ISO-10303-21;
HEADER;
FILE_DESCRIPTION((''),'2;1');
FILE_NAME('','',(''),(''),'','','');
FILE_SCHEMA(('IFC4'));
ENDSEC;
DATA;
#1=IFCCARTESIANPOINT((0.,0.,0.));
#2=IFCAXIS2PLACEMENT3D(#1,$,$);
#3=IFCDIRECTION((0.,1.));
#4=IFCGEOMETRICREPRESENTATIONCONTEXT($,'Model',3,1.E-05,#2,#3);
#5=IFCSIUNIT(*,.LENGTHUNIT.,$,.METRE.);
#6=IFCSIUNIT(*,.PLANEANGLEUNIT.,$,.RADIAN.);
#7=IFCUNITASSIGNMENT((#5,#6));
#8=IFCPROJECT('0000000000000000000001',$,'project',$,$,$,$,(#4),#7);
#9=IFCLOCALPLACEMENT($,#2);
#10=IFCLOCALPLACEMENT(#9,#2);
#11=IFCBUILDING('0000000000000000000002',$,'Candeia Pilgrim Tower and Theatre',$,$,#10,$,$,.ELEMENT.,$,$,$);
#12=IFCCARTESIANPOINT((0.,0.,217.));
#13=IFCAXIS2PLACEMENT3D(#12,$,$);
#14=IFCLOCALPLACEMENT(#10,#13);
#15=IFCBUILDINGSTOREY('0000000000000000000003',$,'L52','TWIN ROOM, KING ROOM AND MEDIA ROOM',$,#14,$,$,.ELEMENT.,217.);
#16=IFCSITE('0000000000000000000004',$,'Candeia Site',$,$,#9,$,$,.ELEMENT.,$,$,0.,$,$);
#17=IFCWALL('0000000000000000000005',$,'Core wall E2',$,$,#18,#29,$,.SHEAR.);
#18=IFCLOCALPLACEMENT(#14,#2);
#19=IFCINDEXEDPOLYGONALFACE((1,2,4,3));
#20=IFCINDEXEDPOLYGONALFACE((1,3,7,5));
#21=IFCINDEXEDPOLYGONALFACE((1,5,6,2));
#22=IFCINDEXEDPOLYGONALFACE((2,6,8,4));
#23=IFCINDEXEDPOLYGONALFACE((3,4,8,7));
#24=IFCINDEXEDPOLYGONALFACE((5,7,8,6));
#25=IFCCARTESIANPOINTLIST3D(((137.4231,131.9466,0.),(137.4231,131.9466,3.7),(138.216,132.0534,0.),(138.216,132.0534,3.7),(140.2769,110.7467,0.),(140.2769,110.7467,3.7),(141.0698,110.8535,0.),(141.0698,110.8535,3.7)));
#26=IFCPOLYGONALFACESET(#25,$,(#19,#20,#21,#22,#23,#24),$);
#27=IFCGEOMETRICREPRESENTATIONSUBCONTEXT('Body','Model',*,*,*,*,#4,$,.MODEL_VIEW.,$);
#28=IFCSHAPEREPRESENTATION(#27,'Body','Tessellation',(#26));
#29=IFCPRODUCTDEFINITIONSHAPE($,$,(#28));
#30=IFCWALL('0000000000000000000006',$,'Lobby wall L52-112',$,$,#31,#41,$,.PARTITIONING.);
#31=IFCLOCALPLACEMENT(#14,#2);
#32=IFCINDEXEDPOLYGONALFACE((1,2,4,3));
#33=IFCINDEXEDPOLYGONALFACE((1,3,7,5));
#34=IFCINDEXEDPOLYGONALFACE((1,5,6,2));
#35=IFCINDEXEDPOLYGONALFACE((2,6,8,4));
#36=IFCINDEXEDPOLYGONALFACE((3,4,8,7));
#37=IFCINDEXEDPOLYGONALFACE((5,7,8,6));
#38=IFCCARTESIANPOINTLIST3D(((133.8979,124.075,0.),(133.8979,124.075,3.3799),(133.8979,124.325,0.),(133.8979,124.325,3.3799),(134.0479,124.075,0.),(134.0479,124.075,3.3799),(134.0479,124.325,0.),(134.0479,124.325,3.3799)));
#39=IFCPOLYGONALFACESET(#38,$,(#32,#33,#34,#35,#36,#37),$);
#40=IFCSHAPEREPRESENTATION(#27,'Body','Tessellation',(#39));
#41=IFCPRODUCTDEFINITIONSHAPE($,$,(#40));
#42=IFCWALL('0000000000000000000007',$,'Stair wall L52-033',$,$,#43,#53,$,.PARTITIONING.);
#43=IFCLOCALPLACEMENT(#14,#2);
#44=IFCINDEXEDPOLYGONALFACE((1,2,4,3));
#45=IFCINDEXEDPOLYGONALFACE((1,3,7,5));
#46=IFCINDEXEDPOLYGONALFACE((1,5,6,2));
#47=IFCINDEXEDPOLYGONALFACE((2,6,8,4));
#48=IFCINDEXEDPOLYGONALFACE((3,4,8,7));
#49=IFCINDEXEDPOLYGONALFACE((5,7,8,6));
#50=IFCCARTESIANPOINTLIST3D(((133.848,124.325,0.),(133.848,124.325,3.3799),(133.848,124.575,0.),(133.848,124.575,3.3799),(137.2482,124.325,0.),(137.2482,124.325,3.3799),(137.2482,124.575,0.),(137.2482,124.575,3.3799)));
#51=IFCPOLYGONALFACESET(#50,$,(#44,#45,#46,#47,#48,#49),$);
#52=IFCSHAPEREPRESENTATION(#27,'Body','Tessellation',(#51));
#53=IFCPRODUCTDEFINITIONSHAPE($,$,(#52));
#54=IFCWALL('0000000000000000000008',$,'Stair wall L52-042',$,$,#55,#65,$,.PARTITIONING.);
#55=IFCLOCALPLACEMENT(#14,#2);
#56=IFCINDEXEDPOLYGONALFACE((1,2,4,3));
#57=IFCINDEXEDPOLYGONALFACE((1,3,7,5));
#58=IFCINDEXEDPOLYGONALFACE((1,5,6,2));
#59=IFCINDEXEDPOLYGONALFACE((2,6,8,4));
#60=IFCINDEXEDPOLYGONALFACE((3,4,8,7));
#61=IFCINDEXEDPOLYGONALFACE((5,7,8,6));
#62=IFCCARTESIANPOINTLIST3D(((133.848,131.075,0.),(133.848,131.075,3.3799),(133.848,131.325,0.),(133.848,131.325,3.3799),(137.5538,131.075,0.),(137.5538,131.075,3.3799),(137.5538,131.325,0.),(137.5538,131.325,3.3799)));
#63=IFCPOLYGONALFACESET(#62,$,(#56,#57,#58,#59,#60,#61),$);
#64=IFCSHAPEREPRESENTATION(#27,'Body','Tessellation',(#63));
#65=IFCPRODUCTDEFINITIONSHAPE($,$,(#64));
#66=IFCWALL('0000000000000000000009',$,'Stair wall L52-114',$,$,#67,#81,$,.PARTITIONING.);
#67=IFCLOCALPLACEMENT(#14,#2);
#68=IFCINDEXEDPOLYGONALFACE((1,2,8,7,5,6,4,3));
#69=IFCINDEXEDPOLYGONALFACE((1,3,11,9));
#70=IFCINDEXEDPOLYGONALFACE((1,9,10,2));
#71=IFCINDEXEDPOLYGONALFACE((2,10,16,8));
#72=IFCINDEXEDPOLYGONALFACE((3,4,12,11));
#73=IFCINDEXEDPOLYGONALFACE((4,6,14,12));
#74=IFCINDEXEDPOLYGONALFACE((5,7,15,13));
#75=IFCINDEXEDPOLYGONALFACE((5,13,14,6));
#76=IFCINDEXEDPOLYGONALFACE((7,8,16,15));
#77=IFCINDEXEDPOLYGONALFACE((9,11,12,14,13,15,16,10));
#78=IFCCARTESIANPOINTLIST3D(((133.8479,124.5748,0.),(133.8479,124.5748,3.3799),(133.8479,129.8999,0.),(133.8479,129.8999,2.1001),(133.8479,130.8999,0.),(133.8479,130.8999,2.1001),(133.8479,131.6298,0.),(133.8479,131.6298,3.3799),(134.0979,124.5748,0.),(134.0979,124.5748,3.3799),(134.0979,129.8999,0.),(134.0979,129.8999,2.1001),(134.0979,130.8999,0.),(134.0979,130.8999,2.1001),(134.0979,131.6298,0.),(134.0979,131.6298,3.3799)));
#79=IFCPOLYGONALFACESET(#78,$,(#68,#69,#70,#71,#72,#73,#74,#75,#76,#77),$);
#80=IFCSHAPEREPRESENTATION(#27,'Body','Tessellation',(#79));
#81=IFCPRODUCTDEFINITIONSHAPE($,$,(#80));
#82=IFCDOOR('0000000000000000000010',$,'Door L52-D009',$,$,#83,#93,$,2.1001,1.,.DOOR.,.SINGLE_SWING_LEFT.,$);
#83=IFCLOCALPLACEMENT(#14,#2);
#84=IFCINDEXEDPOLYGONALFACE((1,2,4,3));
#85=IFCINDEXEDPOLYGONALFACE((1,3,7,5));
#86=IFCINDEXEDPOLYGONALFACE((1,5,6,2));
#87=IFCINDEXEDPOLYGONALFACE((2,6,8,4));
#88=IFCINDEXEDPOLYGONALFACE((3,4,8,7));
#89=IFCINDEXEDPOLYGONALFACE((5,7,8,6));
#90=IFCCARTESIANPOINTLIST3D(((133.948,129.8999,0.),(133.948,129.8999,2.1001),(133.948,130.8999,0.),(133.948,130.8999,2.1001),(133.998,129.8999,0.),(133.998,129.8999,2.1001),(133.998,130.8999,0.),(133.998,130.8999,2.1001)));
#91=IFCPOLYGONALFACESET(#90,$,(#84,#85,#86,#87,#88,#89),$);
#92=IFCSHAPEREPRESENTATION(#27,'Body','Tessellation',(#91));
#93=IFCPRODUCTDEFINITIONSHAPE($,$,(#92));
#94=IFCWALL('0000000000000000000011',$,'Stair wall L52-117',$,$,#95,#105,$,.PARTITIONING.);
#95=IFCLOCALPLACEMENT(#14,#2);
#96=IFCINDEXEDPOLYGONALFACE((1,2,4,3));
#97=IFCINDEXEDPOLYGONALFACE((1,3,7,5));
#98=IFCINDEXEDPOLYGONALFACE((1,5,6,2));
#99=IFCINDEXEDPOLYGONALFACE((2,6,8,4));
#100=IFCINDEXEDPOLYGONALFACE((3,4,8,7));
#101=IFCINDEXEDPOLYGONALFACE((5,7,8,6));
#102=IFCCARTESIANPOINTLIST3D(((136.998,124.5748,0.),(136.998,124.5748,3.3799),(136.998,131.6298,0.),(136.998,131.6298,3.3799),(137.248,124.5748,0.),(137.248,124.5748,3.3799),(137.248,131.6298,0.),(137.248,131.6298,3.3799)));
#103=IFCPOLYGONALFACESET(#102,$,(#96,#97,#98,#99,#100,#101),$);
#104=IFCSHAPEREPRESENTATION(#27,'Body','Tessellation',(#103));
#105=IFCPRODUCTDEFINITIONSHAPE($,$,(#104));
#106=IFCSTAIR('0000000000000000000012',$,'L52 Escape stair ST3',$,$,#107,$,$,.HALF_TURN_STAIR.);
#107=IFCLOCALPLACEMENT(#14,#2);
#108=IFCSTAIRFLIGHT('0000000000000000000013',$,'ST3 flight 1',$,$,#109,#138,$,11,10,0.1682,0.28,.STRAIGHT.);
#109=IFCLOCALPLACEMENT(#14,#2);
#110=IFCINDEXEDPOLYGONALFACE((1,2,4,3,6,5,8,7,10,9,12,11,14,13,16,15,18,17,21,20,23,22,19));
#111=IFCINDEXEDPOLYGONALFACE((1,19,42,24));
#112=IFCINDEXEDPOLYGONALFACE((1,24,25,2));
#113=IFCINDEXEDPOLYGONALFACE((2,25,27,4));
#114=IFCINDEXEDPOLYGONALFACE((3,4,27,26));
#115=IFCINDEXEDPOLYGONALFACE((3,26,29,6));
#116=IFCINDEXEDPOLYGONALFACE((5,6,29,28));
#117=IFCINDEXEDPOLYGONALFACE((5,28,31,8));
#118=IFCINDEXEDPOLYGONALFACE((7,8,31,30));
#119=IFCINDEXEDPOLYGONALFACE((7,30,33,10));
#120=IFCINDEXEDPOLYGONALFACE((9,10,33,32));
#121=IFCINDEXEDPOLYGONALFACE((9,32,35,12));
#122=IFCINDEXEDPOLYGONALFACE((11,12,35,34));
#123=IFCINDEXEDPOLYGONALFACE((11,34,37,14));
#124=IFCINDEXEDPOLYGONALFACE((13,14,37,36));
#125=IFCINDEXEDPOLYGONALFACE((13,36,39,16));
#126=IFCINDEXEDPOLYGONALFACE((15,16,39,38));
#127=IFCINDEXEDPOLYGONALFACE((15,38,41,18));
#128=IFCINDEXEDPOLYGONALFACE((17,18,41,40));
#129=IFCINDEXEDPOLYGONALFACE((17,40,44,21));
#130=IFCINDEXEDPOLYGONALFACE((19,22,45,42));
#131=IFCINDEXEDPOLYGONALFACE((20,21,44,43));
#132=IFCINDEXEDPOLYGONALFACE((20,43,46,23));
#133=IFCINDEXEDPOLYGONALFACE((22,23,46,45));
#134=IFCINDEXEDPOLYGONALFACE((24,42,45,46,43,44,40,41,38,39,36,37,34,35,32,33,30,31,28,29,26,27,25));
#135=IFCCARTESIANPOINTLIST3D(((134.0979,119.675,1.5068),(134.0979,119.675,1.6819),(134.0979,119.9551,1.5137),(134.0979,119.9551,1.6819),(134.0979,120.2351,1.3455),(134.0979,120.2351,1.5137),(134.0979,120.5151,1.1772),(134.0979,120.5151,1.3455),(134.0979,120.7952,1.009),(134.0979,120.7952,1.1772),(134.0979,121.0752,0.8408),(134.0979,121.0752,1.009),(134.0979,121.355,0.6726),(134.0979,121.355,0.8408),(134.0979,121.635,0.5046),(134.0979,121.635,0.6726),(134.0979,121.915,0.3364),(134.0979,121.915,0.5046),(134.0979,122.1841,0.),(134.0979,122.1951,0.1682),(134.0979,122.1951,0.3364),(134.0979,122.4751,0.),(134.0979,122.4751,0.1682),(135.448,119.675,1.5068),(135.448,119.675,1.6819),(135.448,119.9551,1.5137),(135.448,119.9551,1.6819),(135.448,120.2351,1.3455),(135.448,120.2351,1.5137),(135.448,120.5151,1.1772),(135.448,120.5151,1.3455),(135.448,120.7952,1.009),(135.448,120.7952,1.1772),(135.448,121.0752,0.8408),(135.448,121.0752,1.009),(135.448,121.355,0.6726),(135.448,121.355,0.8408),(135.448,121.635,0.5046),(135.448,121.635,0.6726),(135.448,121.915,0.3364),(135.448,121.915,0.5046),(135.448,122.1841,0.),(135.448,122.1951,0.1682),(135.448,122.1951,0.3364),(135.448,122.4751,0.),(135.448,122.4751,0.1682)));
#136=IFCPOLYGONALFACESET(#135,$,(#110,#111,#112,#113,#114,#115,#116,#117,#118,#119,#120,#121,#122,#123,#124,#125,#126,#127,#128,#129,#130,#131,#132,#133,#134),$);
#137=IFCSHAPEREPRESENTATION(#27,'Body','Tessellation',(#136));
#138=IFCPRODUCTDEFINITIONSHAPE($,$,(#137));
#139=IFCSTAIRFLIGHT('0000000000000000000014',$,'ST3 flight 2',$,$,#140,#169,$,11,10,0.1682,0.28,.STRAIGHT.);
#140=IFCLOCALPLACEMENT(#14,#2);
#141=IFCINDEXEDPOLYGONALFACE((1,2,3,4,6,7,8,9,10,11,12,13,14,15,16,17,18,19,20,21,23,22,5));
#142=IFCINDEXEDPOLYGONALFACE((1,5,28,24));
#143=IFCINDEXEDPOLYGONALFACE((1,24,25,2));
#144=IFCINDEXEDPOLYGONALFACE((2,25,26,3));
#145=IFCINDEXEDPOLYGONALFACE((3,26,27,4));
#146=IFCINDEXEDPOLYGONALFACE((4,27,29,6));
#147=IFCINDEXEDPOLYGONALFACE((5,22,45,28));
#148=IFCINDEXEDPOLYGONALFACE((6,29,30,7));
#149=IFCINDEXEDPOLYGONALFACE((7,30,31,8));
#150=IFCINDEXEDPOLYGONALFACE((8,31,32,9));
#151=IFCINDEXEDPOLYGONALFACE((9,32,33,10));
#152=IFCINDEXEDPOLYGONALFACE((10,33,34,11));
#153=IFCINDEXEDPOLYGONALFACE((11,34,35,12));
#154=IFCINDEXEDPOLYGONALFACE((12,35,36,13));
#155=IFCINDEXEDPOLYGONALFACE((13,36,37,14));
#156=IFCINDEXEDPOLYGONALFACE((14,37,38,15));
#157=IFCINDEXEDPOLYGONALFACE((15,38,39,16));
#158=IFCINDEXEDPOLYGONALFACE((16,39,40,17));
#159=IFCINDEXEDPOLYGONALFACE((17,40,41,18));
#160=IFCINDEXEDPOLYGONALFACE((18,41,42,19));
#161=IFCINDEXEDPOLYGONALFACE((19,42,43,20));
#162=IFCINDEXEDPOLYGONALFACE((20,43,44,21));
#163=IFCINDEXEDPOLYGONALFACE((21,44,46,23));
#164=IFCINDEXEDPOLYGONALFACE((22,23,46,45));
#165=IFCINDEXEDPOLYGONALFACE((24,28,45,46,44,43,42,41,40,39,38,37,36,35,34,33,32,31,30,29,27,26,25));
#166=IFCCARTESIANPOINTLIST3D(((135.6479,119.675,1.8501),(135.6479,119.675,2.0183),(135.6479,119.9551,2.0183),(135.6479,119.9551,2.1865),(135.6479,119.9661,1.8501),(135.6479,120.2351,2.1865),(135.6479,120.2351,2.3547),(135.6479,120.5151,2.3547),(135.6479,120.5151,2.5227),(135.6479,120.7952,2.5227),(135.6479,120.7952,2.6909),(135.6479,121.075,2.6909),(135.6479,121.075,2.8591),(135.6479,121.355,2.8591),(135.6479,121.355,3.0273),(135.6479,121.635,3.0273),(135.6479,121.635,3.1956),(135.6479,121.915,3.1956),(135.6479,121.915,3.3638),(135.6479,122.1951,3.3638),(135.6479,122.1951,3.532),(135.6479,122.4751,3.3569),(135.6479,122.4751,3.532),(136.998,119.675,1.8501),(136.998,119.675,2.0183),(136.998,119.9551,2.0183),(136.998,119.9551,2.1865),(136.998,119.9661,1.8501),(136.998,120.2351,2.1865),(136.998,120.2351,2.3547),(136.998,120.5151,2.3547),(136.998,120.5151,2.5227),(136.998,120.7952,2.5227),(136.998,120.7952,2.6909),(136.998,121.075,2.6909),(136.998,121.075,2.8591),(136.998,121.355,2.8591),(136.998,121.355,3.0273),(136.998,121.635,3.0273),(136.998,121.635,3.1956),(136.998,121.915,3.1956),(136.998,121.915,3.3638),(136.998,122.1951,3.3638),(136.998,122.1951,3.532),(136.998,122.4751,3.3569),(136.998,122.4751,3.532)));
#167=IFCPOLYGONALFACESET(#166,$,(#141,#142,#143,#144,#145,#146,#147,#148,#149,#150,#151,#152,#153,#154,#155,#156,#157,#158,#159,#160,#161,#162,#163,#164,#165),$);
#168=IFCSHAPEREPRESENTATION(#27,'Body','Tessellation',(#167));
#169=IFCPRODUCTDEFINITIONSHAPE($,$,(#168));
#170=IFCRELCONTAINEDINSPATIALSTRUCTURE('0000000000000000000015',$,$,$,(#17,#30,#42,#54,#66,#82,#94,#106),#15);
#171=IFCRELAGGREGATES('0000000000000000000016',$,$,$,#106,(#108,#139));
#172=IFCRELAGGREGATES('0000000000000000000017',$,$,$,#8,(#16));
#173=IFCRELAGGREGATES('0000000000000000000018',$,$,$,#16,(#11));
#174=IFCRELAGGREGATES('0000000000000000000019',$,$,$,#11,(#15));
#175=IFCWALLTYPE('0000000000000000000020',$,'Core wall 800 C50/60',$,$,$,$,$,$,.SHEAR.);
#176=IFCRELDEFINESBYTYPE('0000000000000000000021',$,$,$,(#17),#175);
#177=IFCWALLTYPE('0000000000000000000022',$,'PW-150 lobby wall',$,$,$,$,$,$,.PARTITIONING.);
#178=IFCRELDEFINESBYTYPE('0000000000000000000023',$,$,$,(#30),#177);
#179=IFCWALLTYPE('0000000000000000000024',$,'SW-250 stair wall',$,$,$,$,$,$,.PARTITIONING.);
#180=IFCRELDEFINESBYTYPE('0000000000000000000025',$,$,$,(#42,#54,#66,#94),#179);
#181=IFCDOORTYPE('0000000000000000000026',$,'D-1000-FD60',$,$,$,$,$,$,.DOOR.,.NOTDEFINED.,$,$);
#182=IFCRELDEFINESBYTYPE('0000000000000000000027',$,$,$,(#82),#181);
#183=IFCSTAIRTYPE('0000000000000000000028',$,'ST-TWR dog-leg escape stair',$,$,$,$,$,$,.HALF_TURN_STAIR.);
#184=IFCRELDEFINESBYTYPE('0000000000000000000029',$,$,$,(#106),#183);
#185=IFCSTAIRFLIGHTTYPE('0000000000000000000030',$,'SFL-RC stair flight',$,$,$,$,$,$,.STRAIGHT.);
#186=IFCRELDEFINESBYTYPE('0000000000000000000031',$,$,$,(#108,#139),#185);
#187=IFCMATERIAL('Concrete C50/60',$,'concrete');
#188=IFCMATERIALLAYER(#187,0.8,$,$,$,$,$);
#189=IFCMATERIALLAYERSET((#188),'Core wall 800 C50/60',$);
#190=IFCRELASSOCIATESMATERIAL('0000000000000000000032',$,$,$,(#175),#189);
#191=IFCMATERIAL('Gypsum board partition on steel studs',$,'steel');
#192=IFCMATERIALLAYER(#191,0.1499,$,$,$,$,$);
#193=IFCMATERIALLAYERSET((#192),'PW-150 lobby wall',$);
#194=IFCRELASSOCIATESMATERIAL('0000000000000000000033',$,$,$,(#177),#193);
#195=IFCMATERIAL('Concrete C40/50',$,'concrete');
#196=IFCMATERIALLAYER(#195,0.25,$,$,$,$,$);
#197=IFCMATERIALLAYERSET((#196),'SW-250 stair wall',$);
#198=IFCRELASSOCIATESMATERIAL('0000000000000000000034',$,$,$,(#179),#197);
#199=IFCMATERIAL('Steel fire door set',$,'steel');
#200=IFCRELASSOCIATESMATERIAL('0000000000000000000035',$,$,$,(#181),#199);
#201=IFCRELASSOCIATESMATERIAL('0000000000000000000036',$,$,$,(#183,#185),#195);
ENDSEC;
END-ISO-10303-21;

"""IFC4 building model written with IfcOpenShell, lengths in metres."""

from ifc_helpers import new_model, si_unit, direction, frame, frame_2d, origin, place, context, subcontext, project, spatial, polyline, rectangle, outline, extrude, material, layer, layer_set, type_object, element, fill, aggregate, save


model = new_model("IFC4")

# Units and contexts
model_context = context("Model", 3, precision=1e-05, world=origin(), true_north=direction((0.0, 1.0)))
body_context = subcontext(model_context, "Body", "Model", "MODEL_VIEW")
ifc_project = project(units=[si_unit("LENGTHUNIT", "METRE"), si_unit("PLANEANGLEUNIT", "RADIAN")], contexts=[model_context])

# Site, building, storey
site_placement = place(None, origin())
site = spatial("IfcSite", under=ifc_project, at=site_placement, Name="Candeia Site", CompositionType="ELEMENT", RefElevation=0.0)
building_placement = place(site_placement, origin())
building = spatial("IfcBuilding", under=site, at=building_placement, Name="Candeia Pilgrim Tower and Theatre", CompositionType="ELEMENT")
storey_placement = place(building_placement, frame((0.0, 0.0, 217.0)))
storey = spatial("IfcBuildingStorey", under=building, at=storey_placement, Name="L52", Description="TWIN ROOM, KING ROOM AND MEDIA ROOM", CompositionType="ELEMENT", Elevation=217.0)

# Walls
ifc_material_1 = material(Name="Concrete C50/60", Category="concrete")
ifc_layer_1 = layer(ifc_material_1, 0.8)
ifc_layer_set_1 = layer_set([ifc_layer_1], Name="Core wall 800 C50/60")
wall_type_1 = type_object("IfcWallType", Name="Core wall 800 C50/60", PredefinedType="SHEAR", material=ifc_layer_set_1)
wall_1_placement = place(storey_placement, frame((137.8196, 132.0, 0.0), z_axis=(0.0, 0.0, 1.0), x_axis=(0.133408, -0.991061, 0.0)))
element("IfcWall", 1, at=wall_1_placement, inside=storey, type_object=wall_type_1, Name="Core wall E2", PredefinedType="SHEAR", context=body_context, shape_type="SweptSolid", body=[
    extrude(rectangle(XDim=21.3911, YDim=0.8, at=frame_2d((10.6956, 0.0))), origin(), (0.0, 0.0, 1.0), 3.7),
])
ifc_material_2 = material(Name="Gypsum board partition on steel studs", Category="steel")
ifc_layer_2 = layer(ifc_material_2, 0.1499)
ifc_layer_set_2 = layer_set([ifc_layer_2], Name="PW-150 lobby wall")
wall_type_2 = type_object("IfcWallType", Name="PW-150 lobby wall", PredefinedType="PARTITIONING", material=ifc_layer_set_2)
wall_2_placement = place(storey_placement, frame((133.9729, 124.075, 0.0), z_axis=(0.0, 0.0, 1.0), x_axis=(0.0, 1.0, 0.0)))
element("IfcWall", 2, at=wall_2_placement, inside=storey, type_object=wall_type_2, Name="Lobby wall L52-112", PredefinedType="PARTITIONING", context=body_context, shape_type="SweptSolid", body=[
    extrude(rectangle(XDim=0.25, YDim=0.1499, at=frame_2d((0.125, 0.0))), origin(), (0.0, 0.0, 1.0), 3.3799),
])
ifc_material_3 = material(Name="Concrete C40/50", Category="concrete")
ifc_layer_3 = layer(ifc_material_3, 0.25)
ifc_layer_set_3 = layer_set([ifc_layer_3], Name="SW-250 stair wall")
wall_type_3 = type_object("IfcWallType", Name="SW-250 stair wall", PredefinedType="PARTITIONING", material=ifc_layer_set_3)
wall_3_placement = place(storey_placement, frame((133.8479, 124.45, 0.0), z_axis=(0.0, 0.0, 1.0), x_axis=(1.0, 0.0, 0.0)))
element("IfcWall", 3, at=wall_3_placement, inside=storey, type_object=wall_type_3, Name="Stair wall L52-033", PredefinedType="PARTITIONING", context=body_context, shape_type="SweptSolid", body=[
    extrude(rectangle(XDim=3.4001, YDim=0.25, at=frame_2d((1.7002, 0.0))), origin(), (0.0, 0.0, 1.0), 3.3799),
])
wall_4_placement = place(storey_placement, frame((133.8479, 131.2, 0.0), z_axis=(0.0, 0.0, 1.0), x_axis=(1.0, 0.0, 0.0)))
element("IfcWall", 4, at=wall_4_placement, inside=storey, type_object=wall_type_3, Name="Stair wall L52-042", PredefinedType="PARTITIONING", context=body_context, shape_type="SweptSolid", body=[
    extrude(rectangle(XDim=3.7058, YDim=0.25, at=frame_2d((1.853, 0.0))), origin(), (0.0, 0.0, 1.0), 3.3799),
])

# Wall, opening, door
wall_5_placement = place(storey_placement, frame((133.9729, 124.575, 0.0), z_axis=(0.0, 0.0, 1.0), x_axis=(0.0, 1.0, 0.0)))
wall_5 = element("IfcWall", 5, at=wall_5_placement, inside=storey, type_object=wall_type_3, Name="Stair wall L52-114", PredefinedType="PARTITIONING", context=body_context, shape_type="SweptSolid", body=[
    extrude(rectangle(XDim=7.0549, YDim=0.25, at=frame_2d((3.5273, 0.0))), origin(), (0.0, 0.0, 1.0), 3.3799),
])
opening_placement = place(wall_5_placement, frame((5.325, 0.0, 0.0)))
opening = element("IfcOpeningElement", 6, at=opening_placement, cuts=wall_5, PredefinedType="OPENING", context=body_context, shape_type="SweptSolid", body=[
    extrude(rectangle(XDim=1.0, YDim=2.1001, at=frame_2d((0.5, 1.05))), frame((0.0, 0.135, 0.0), z_axis=(0.0, -1.0, 0.0), x_axis=(1.0, 0.0, 0.0)), (0.0, 0.0, 1.0), 0.27),
])
ifc_material_4 = material(Name="Steel fire door set", Category="steel")
door_type = type_object("IfcDoorType", Name="D-1000-FD60", OperationType="NOTDEFINED", PredefinedType="DOOR", material=ifc_material_4)
door_placement = place(opening_placement, origin())
door = element("IfcDoor", 7, at=door_placement, inside=storey, type_object=door_type, Name="Door L52-D009", OperationType="SINGLE_SWING_LEFT", OverallHeight=2.1001, OverallWidth=1.0, PredefinedType="DOOR", context=body_context, shape_type="SweptSolid", body=[
    extrude(rectangle(XDim=1.0, YDim=2.1001, at=frame_2d((0.5, 1.05))), frame((0.0, 0.0249, 0.0), z_axis=(0.0, -1.0, 0.0), x_axis=(1.0, 0.0, 0.0)), (0.0, 0.0, 1.0), 0.05),
])
fill(opening, door)

# Wall
wall_6_placement = place(storey_placement, frame((137.123, 124.575, 0.0), z_axis=(0.0, 0.0, 1.0), x_axis=(0.0, 1.0, 0.0)))
element("IfcWall", 8, at=wall_6_placement, inside=storey, type_object=wall_type_3, Name="Stair wall L52-117", PredefinedType="PARTITIONING", context=body_context, shape_type="SweptSolid", body=[
    extrude(rectangle(XDim=7.0549, YDim=0.25, at=frame_2d((3.5273, 0.0))), origin(), (0.0, 0.0, 1.0), 3.3799),
])

# Stair, stair flights
stair_type = type_object("IfcStairType", Name="ST-TWR dog-leg escape stair", PredefinedType="HALF_TURN_STAIR", material=ifc_material_3)
stair_1_placement = place(storey_placement, origin())
stair_1 = element("IfcStair", 9, at=stair_1_placement, inside=storey, type_object=stair_type, Name="L52 Escape stair ST3", PredefinedType="HALF_TURN_STAIR")
stair_flight_type = type_object("IfcStairFlightType", Name="SFL-RC stair flight", PredefinedType="STRAIGHT", material=ifc_material_3)
stair_flight_1_placement = place(storey_placement, frame((134.7729, 122.4751, 0.0), z_axis=(0.0, 0.0, 1.0), x_axis=(0.0, -1.0, 0.0)))
stair_flight_1 = element("IfcStairFlight", 10, at=stair_flight_1_placement, type_object=stair_flight_type, Name="ST3 flight 1", NumberOfRisers=11, NumberOfTreads=10, PredefinedType="STRAIGHT", RiserHeight=0.1682, TreadLength=0.28, context=body_context, shape_type="SweptSolid", body=[
    extrude(outline(polyline([(0.0, 0.0), (0.0, 0.1682), (0.28, 0.1682), (0.28, 0.3364), (0.5601, 0.3364), (0.5601, 0.5046), (0.8401, 0.5046), (0.8401, 0.6726), (1.1201, 0.6726), (1.1201, 0.8408), (1.3999, 0.8408), (1.3999, 1.009), (1.6799, 1.009), (1.6799, 1.1772), (1.96, 1.1772), (1.96, 1.3455), (2.24, 1.3455), (2.24, 1.5137), (2.52, 1.5137), (2.52, 1.6819), (2.8, 1.6819), (2.8, 1.8501), (2.8, 1.5068), (0.291, 0.0), (0.0, 0.0)])), frame((0.0, 0.675, 0.0), z_axis=(0.0, -1.0, 0.0), x_axis=(1.0, 0.0, 0.0)), (0.0, 0.0, 1.0), 1.3501),
])
stair_flight_2_placement = place(storey_placement, frame((136.323, 119.675, 1.8501), z_axis=(0.0, 0.0, 1.0), x_axis=(0.0, 1.0, 0.0)))
stair_flight_2 = element("IfcStairFlight", 11, at=stair_flight_2_placement, type_object=stair_flight_type, Name="ST3 flight 2", NumberOfRisers=11, NumberOfTreads=10, PredefinedType="STRAIGHT", RiserHeight=0.1682, TreadLength=0.28, context=body_context, shape_type="SweptSolid", body=[
    extrude(outline(polyline([(0.0, 0.0), (0.0, 0.1682), (0.28, 0.1682), (0.28, 0.3364), (0.5601, 0.3364), (0.5601, 0.5046), (0.8401, 0.5046), (0.8401, 0.6726), (1.1201, 0.6726), (1.1201, 0.8408), (1.3999, 0.8408), (1.3999, 1.009), (1.6799, 1.009), (1.6799, 1.1772), (1.96, 1.1772), (1.96, 1.3455), (2.24, 1.3455), (2.24, 1.5137), (2.52, 1.5137), (2.52, 1.6819), (2.8, 1.6819), (2.8, 1.8501), (2.8, 1.5068), (0.291, 0.0), (0.0, 0.0)])), frame((0.0, 0.675, 0.0), z_axis=(0.0, -1.0, 0.0), x_axis=(1.0, 0.0, 0.0)), (0.0, 0.0, 1.0), 1.3501),
])
aggregate(stair_1, [stair_flight_1, stair_flight_2])

save(model, "model.ifc")
